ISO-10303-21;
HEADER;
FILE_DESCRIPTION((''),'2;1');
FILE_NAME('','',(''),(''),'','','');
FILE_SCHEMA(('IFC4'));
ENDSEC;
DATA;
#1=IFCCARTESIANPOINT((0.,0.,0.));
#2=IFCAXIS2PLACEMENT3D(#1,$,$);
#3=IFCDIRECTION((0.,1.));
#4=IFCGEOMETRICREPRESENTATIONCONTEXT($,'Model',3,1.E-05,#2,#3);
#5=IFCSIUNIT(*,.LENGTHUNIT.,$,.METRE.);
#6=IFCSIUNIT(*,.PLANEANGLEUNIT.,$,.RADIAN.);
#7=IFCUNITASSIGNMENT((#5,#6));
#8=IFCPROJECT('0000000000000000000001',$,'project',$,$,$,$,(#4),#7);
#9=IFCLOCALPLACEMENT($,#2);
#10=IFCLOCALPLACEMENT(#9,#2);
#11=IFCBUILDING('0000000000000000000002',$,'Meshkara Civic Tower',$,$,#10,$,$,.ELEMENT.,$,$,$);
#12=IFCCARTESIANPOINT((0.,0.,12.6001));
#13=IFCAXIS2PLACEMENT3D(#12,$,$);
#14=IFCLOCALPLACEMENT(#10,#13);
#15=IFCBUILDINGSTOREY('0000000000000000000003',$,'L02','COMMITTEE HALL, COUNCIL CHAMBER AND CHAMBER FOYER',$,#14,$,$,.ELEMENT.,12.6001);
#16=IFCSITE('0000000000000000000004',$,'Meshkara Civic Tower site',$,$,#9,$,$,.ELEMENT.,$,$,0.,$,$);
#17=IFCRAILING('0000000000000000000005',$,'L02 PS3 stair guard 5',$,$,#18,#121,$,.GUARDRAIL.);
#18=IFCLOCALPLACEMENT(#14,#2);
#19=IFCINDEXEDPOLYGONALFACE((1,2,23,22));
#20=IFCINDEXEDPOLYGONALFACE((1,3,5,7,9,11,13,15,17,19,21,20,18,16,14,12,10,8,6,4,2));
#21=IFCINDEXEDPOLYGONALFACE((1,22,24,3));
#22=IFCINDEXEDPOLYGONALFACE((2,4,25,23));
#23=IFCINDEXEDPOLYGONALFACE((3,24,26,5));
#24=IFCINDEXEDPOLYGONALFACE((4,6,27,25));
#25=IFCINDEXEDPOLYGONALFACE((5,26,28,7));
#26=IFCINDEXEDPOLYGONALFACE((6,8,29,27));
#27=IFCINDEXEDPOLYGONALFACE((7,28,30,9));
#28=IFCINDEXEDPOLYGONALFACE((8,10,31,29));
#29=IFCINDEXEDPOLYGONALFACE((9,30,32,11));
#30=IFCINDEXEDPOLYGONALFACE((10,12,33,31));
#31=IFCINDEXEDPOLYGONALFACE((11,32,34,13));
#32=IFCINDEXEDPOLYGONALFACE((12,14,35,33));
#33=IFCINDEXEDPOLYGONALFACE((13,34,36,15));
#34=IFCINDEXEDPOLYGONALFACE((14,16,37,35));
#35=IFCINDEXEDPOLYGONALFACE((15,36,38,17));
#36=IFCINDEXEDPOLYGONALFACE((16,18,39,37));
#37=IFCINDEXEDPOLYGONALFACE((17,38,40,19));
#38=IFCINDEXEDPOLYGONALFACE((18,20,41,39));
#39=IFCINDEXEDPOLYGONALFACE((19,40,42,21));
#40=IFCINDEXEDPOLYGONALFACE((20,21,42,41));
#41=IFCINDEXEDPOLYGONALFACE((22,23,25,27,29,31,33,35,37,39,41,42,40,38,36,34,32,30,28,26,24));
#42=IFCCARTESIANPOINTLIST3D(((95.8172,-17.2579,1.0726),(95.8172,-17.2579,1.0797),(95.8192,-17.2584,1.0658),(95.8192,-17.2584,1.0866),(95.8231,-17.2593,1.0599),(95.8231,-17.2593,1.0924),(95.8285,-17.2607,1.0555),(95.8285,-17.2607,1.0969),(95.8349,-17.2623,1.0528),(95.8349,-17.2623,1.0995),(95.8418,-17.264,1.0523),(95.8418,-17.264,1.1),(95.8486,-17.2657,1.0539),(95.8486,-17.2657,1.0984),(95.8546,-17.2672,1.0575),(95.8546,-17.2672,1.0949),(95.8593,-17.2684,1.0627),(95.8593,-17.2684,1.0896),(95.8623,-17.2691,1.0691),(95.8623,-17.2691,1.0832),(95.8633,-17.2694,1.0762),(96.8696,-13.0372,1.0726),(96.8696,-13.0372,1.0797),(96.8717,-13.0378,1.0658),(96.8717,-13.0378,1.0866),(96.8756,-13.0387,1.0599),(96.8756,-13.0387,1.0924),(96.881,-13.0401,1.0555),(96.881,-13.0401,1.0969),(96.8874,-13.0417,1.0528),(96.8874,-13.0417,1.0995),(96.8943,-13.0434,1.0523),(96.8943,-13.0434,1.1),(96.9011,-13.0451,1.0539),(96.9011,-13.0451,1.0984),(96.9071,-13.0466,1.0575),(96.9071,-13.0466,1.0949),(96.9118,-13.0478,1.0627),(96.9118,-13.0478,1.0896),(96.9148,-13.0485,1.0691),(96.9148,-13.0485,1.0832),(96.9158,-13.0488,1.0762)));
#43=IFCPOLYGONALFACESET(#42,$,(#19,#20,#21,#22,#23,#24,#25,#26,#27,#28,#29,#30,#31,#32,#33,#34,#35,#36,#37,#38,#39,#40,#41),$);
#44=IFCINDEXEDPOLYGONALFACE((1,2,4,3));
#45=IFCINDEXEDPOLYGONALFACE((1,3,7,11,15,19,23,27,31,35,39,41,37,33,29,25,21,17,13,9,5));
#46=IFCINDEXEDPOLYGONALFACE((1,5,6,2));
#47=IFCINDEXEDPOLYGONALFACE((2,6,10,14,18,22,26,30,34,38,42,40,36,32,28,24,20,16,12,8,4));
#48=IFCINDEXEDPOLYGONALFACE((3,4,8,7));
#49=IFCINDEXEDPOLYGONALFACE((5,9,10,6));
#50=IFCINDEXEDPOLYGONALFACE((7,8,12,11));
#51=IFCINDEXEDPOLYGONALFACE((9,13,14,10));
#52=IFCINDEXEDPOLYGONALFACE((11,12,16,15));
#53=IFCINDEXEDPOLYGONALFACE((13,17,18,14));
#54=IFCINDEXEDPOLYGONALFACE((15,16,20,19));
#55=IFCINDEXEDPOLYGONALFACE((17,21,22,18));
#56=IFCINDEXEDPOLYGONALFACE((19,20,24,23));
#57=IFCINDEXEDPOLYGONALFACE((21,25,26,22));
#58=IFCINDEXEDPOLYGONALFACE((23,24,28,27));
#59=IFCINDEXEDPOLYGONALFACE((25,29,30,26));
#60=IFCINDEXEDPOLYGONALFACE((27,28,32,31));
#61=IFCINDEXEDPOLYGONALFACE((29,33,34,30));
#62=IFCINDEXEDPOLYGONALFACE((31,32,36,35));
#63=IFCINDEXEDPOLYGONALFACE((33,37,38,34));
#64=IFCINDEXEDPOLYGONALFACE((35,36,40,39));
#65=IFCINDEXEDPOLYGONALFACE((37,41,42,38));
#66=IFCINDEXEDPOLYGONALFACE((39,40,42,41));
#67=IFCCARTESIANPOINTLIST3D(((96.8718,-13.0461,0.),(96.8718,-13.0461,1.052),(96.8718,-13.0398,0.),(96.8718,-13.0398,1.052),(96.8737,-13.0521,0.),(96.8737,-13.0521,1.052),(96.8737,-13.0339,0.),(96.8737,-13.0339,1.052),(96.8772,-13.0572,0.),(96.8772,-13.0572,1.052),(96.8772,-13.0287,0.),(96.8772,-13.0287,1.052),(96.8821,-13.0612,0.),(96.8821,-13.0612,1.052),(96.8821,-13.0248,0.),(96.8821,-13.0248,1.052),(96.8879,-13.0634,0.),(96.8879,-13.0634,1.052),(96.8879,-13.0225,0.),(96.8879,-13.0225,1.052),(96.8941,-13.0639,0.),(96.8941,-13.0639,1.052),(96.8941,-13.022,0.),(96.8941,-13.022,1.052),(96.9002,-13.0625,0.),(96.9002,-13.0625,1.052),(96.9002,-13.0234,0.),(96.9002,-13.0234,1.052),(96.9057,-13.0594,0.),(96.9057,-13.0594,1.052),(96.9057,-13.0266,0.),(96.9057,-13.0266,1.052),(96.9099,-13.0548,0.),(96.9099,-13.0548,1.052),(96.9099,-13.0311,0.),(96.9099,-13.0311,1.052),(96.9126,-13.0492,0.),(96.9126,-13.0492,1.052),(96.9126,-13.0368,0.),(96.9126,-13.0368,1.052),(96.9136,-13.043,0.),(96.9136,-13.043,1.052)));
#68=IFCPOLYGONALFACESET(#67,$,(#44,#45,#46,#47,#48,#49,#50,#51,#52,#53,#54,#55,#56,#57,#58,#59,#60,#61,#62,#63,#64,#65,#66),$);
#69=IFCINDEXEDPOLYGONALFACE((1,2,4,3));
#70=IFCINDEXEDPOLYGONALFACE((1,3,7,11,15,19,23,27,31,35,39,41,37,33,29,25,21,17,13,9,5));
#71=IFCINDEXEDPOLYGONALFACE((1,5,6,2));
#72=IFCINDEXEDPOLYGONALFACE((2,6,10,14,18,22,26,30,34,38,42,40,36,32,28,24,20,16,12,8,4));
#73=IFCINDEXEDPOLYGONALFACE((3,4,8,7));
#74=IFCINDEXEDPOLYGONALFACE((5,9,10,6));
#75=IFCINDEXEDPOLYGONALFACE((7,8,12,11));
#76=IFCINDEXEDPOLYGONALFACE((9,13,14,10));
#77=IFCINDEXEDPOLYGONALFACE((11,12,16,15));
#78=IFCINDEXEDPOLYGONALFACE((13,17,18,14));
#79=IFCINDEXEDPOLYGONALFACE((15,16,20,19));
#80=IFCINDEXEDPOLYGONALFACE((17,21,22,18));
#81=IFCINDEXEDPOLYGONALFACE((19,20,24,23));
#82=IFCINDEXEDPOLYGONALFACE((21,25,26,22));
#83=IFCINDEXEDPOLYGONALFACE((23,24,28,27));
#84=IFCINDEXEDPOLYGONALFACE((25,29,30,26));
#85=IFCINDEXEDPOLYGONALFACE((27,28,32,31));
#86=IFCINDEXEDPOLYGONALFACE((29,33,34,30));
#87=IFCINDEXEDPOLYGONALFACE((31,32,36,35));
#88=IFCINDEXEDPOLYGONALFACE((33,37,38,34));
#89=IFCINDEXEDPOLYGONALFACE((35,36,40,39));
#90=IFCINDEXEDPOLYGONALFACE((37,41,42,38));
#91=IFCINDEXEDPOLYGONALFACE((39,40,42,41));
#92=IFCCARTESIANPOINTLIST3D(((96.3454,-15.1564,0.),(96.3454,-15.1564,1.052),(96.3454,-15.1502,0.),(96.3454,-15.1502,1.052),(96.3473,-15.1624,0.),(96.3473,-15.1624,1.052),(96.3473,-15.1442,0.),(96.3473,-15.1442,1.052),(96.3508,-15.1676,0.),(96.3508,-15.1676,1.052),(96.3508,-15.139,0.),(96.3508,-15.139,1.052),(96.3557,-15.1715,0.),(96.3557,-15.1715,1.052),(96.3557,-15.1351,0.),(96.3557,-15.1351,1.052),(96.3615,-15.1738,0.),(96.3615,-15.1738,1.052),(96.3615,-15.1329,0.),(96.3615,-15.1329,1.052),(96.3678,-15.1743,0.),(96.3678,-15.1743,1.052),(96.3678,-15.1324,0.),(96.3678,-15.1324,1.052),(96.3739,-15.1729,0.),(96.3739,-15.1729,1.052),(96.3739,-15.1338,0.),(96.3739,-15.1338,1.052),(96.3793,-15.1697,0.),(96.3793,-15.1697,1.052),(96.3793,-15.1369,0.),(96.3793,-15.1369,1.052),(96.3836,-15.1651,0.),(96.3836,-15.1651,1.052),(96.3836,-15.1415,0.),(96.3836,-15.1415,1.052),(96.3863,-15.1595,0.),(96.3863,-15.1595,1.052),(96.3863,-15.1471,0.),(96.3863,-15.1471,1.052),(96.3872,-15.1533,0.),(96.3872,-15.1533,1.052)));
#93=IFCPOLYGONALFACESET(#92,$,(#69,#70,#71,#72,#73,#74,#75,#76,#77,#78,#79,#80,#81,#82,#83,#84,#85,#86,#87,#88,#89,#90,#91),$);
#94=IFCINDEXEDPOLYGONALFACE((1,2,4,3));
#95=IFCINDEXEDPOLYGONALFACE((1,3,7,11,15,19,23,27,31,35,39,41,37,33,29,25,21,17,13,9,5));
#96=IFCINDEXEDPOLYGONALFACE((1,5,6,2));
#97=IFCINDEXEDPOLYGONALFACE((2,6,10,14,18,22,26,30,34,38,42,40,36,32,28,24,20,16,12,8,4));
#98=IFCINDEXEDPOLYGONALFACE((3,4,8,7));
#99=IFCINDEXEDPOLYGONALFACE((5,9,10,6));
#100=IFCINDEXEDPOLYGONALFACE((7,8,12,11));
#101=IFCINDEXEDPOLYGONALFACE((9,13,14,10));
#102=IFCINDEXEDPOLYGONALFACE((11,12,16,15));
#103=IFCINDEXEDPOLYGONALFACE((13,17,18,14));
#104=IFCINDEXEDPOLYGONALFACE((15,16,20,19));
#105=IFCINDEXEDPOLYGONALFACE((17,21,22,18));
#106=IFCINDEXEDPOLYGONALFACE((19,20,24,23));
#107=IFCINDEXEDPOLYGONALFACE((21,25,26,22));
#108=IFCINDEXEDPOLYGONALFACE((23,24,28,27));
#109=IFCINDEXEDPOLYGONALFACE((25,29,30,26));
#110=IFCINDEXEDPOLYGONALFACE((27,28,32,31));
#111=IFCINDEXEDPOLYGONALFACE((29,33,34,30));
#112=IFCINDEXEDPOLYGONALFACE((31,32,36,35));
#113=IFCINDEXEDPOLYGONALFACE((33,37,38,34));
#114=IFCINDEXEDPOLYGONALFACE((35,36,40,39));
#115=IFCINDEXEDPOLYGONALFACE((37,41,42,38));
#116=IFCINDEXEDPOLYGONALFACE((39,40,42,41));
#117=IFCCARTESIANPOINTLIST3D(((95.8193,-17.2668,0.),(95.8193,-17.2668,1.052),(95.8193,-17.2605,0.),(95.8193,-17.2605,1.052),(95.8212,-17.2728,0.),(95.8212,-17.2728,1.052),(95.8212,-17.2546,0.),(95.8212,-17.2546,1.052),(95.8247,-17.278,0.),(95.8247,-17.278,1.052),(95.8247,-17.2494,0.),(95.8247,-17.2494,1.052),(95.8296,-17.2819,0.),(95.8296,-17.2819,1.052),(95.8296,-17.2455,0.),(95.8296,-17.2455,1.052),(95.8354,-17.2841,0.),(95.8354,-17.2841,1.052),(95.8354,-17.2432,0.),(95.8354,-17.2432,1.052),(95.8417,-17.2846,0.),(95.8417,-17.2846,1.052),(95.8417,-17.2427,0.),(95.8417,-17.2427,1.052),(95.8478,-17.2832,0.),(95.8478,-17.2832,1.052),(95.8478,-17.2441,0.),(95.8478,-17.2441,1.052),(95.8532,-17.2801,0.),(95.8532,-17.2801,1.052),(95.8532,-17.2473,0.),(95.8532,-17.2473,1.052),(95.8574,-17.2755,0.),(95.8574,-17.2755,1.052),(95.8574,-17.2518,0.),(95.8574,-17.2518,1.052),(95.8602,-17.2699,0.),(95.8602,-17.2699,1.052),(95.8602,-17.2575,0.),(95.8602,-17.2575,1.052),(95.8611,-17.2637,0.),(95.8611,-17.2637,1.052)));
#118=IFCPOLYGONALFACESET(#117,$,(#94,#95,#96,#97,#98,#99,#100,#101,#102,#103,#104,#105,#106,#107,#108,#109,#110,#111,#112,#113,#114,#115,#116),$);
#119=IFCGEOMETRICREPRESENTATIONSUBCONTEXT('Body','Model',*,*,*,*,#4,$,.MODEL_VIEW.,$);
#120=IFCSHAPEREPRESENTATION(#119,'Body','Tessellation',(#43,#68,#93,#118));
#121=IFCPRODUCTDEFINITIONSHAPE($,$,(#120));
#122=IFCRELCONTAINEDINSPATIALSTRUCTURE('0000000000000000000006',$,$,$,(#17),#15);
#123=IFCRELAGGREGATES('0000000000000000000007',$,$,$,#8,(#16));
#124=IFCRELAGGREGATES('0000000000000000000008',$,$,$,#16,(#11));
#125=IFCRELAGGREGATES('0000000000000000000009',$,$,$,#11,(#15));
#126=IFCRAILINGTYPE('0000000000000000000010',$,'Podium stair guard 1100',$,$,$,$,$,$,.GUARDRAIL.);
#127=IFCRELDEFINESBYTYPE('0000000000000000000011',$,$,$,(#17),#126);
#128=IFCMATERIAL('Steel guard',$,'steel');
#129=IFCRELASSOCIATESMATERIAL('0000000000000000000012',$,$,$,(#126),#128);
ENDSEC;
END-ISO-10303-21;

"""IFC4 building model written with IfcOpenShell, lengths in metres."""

from ifc_helpers import new_model, si_unit, direction, frame, origin, origin_2d, place, context, subcontext, project, spatial, circle, extrude, material, type_object, element, save


model = new_model("IFC4")

# Units and contexts
model_context = context("Model", 3, precision=1e-05, world=origin(), true_north=direction((0.0, 1.0)))
body_context = subcontext(model_context, "Body", "Model", "MODEL_VIEW")
ifc_project = project(units=[si_unit("LENGTHUNIT", "METRE"), si_unit("PLANEANGLEUNIT", "RADIAN")], contexts=[model_context])

# Site, building, storey
site_placement = place(None, origin())
site = spatial("IfcSite", under=ifc_project, at=site_placement, Name="Meshkara Civic Tower site", CompositionType="ELEMENT", RefElevation=0.0)
building_placement = place(site_placement, origin())
building = spatial("IfcBuilding", under=site, at=building_placement, Name="Meshkara Civic Tower", CompositionType="ELEMENT")
storey_placement = place(building_placement, frame((0.0, 0.0, 12.6001)))
storey = spatial("IfcBuildingStorey", under=building, at=storey_placement, Name="L02", Description="COMMITTEE HALL, COUNCIL CHAMBER AND CHAMBER FOYER", CompositionType="ELEMENT", Elevation=12.6001)

# Railing
ifc_material_1 = material(Name="Steel guard", Category="steel")
railing_type_1 = type_object("IfcRailingType", Name="Podium stair guard 1100", PredefinedType="GUARDRAIL", material=ifc_material_1)
railing_1_placement = place(storey_placement, frame((96.8926, -13.043, 0.0)))
element("IfcRailing", 1, at=railing_1_placement, inside=storey, type_object=railing_type_1, Name="L02 PS3 stair guard 5", PredefinedType="GUARDRAIL", context=body_context, shape_type="SweptSolid", body=[
    extrude(circle(Radius=0.0239, at=origin_2d()), frame((0.0, 0.0, 1.0762), z_axis=(-0.241955, -0.970288, 0.0), x_axis=(0.970288, -0.241955, 0.0)), (0.0, 0.0, 1.0), 4.3499),
    extrude(circle(Radius=0.021, at=origin_2d()), origin(), (0.0, 0.0, 1.0), 1.052),
    extrude(circle(Radius=0.021, at=origin_2d()), frame((-0.5264, -2.1104, 0.0)), (0.0, 0.0, 1.0), 1.052),
    extrude(circle(Radius=0.021, at=origin_2d()), frame((-1.0525, -4.2207, 0.0)), (0.0, 0.0, 1.0), 1.052),
])

save(model, "model.ifc")
